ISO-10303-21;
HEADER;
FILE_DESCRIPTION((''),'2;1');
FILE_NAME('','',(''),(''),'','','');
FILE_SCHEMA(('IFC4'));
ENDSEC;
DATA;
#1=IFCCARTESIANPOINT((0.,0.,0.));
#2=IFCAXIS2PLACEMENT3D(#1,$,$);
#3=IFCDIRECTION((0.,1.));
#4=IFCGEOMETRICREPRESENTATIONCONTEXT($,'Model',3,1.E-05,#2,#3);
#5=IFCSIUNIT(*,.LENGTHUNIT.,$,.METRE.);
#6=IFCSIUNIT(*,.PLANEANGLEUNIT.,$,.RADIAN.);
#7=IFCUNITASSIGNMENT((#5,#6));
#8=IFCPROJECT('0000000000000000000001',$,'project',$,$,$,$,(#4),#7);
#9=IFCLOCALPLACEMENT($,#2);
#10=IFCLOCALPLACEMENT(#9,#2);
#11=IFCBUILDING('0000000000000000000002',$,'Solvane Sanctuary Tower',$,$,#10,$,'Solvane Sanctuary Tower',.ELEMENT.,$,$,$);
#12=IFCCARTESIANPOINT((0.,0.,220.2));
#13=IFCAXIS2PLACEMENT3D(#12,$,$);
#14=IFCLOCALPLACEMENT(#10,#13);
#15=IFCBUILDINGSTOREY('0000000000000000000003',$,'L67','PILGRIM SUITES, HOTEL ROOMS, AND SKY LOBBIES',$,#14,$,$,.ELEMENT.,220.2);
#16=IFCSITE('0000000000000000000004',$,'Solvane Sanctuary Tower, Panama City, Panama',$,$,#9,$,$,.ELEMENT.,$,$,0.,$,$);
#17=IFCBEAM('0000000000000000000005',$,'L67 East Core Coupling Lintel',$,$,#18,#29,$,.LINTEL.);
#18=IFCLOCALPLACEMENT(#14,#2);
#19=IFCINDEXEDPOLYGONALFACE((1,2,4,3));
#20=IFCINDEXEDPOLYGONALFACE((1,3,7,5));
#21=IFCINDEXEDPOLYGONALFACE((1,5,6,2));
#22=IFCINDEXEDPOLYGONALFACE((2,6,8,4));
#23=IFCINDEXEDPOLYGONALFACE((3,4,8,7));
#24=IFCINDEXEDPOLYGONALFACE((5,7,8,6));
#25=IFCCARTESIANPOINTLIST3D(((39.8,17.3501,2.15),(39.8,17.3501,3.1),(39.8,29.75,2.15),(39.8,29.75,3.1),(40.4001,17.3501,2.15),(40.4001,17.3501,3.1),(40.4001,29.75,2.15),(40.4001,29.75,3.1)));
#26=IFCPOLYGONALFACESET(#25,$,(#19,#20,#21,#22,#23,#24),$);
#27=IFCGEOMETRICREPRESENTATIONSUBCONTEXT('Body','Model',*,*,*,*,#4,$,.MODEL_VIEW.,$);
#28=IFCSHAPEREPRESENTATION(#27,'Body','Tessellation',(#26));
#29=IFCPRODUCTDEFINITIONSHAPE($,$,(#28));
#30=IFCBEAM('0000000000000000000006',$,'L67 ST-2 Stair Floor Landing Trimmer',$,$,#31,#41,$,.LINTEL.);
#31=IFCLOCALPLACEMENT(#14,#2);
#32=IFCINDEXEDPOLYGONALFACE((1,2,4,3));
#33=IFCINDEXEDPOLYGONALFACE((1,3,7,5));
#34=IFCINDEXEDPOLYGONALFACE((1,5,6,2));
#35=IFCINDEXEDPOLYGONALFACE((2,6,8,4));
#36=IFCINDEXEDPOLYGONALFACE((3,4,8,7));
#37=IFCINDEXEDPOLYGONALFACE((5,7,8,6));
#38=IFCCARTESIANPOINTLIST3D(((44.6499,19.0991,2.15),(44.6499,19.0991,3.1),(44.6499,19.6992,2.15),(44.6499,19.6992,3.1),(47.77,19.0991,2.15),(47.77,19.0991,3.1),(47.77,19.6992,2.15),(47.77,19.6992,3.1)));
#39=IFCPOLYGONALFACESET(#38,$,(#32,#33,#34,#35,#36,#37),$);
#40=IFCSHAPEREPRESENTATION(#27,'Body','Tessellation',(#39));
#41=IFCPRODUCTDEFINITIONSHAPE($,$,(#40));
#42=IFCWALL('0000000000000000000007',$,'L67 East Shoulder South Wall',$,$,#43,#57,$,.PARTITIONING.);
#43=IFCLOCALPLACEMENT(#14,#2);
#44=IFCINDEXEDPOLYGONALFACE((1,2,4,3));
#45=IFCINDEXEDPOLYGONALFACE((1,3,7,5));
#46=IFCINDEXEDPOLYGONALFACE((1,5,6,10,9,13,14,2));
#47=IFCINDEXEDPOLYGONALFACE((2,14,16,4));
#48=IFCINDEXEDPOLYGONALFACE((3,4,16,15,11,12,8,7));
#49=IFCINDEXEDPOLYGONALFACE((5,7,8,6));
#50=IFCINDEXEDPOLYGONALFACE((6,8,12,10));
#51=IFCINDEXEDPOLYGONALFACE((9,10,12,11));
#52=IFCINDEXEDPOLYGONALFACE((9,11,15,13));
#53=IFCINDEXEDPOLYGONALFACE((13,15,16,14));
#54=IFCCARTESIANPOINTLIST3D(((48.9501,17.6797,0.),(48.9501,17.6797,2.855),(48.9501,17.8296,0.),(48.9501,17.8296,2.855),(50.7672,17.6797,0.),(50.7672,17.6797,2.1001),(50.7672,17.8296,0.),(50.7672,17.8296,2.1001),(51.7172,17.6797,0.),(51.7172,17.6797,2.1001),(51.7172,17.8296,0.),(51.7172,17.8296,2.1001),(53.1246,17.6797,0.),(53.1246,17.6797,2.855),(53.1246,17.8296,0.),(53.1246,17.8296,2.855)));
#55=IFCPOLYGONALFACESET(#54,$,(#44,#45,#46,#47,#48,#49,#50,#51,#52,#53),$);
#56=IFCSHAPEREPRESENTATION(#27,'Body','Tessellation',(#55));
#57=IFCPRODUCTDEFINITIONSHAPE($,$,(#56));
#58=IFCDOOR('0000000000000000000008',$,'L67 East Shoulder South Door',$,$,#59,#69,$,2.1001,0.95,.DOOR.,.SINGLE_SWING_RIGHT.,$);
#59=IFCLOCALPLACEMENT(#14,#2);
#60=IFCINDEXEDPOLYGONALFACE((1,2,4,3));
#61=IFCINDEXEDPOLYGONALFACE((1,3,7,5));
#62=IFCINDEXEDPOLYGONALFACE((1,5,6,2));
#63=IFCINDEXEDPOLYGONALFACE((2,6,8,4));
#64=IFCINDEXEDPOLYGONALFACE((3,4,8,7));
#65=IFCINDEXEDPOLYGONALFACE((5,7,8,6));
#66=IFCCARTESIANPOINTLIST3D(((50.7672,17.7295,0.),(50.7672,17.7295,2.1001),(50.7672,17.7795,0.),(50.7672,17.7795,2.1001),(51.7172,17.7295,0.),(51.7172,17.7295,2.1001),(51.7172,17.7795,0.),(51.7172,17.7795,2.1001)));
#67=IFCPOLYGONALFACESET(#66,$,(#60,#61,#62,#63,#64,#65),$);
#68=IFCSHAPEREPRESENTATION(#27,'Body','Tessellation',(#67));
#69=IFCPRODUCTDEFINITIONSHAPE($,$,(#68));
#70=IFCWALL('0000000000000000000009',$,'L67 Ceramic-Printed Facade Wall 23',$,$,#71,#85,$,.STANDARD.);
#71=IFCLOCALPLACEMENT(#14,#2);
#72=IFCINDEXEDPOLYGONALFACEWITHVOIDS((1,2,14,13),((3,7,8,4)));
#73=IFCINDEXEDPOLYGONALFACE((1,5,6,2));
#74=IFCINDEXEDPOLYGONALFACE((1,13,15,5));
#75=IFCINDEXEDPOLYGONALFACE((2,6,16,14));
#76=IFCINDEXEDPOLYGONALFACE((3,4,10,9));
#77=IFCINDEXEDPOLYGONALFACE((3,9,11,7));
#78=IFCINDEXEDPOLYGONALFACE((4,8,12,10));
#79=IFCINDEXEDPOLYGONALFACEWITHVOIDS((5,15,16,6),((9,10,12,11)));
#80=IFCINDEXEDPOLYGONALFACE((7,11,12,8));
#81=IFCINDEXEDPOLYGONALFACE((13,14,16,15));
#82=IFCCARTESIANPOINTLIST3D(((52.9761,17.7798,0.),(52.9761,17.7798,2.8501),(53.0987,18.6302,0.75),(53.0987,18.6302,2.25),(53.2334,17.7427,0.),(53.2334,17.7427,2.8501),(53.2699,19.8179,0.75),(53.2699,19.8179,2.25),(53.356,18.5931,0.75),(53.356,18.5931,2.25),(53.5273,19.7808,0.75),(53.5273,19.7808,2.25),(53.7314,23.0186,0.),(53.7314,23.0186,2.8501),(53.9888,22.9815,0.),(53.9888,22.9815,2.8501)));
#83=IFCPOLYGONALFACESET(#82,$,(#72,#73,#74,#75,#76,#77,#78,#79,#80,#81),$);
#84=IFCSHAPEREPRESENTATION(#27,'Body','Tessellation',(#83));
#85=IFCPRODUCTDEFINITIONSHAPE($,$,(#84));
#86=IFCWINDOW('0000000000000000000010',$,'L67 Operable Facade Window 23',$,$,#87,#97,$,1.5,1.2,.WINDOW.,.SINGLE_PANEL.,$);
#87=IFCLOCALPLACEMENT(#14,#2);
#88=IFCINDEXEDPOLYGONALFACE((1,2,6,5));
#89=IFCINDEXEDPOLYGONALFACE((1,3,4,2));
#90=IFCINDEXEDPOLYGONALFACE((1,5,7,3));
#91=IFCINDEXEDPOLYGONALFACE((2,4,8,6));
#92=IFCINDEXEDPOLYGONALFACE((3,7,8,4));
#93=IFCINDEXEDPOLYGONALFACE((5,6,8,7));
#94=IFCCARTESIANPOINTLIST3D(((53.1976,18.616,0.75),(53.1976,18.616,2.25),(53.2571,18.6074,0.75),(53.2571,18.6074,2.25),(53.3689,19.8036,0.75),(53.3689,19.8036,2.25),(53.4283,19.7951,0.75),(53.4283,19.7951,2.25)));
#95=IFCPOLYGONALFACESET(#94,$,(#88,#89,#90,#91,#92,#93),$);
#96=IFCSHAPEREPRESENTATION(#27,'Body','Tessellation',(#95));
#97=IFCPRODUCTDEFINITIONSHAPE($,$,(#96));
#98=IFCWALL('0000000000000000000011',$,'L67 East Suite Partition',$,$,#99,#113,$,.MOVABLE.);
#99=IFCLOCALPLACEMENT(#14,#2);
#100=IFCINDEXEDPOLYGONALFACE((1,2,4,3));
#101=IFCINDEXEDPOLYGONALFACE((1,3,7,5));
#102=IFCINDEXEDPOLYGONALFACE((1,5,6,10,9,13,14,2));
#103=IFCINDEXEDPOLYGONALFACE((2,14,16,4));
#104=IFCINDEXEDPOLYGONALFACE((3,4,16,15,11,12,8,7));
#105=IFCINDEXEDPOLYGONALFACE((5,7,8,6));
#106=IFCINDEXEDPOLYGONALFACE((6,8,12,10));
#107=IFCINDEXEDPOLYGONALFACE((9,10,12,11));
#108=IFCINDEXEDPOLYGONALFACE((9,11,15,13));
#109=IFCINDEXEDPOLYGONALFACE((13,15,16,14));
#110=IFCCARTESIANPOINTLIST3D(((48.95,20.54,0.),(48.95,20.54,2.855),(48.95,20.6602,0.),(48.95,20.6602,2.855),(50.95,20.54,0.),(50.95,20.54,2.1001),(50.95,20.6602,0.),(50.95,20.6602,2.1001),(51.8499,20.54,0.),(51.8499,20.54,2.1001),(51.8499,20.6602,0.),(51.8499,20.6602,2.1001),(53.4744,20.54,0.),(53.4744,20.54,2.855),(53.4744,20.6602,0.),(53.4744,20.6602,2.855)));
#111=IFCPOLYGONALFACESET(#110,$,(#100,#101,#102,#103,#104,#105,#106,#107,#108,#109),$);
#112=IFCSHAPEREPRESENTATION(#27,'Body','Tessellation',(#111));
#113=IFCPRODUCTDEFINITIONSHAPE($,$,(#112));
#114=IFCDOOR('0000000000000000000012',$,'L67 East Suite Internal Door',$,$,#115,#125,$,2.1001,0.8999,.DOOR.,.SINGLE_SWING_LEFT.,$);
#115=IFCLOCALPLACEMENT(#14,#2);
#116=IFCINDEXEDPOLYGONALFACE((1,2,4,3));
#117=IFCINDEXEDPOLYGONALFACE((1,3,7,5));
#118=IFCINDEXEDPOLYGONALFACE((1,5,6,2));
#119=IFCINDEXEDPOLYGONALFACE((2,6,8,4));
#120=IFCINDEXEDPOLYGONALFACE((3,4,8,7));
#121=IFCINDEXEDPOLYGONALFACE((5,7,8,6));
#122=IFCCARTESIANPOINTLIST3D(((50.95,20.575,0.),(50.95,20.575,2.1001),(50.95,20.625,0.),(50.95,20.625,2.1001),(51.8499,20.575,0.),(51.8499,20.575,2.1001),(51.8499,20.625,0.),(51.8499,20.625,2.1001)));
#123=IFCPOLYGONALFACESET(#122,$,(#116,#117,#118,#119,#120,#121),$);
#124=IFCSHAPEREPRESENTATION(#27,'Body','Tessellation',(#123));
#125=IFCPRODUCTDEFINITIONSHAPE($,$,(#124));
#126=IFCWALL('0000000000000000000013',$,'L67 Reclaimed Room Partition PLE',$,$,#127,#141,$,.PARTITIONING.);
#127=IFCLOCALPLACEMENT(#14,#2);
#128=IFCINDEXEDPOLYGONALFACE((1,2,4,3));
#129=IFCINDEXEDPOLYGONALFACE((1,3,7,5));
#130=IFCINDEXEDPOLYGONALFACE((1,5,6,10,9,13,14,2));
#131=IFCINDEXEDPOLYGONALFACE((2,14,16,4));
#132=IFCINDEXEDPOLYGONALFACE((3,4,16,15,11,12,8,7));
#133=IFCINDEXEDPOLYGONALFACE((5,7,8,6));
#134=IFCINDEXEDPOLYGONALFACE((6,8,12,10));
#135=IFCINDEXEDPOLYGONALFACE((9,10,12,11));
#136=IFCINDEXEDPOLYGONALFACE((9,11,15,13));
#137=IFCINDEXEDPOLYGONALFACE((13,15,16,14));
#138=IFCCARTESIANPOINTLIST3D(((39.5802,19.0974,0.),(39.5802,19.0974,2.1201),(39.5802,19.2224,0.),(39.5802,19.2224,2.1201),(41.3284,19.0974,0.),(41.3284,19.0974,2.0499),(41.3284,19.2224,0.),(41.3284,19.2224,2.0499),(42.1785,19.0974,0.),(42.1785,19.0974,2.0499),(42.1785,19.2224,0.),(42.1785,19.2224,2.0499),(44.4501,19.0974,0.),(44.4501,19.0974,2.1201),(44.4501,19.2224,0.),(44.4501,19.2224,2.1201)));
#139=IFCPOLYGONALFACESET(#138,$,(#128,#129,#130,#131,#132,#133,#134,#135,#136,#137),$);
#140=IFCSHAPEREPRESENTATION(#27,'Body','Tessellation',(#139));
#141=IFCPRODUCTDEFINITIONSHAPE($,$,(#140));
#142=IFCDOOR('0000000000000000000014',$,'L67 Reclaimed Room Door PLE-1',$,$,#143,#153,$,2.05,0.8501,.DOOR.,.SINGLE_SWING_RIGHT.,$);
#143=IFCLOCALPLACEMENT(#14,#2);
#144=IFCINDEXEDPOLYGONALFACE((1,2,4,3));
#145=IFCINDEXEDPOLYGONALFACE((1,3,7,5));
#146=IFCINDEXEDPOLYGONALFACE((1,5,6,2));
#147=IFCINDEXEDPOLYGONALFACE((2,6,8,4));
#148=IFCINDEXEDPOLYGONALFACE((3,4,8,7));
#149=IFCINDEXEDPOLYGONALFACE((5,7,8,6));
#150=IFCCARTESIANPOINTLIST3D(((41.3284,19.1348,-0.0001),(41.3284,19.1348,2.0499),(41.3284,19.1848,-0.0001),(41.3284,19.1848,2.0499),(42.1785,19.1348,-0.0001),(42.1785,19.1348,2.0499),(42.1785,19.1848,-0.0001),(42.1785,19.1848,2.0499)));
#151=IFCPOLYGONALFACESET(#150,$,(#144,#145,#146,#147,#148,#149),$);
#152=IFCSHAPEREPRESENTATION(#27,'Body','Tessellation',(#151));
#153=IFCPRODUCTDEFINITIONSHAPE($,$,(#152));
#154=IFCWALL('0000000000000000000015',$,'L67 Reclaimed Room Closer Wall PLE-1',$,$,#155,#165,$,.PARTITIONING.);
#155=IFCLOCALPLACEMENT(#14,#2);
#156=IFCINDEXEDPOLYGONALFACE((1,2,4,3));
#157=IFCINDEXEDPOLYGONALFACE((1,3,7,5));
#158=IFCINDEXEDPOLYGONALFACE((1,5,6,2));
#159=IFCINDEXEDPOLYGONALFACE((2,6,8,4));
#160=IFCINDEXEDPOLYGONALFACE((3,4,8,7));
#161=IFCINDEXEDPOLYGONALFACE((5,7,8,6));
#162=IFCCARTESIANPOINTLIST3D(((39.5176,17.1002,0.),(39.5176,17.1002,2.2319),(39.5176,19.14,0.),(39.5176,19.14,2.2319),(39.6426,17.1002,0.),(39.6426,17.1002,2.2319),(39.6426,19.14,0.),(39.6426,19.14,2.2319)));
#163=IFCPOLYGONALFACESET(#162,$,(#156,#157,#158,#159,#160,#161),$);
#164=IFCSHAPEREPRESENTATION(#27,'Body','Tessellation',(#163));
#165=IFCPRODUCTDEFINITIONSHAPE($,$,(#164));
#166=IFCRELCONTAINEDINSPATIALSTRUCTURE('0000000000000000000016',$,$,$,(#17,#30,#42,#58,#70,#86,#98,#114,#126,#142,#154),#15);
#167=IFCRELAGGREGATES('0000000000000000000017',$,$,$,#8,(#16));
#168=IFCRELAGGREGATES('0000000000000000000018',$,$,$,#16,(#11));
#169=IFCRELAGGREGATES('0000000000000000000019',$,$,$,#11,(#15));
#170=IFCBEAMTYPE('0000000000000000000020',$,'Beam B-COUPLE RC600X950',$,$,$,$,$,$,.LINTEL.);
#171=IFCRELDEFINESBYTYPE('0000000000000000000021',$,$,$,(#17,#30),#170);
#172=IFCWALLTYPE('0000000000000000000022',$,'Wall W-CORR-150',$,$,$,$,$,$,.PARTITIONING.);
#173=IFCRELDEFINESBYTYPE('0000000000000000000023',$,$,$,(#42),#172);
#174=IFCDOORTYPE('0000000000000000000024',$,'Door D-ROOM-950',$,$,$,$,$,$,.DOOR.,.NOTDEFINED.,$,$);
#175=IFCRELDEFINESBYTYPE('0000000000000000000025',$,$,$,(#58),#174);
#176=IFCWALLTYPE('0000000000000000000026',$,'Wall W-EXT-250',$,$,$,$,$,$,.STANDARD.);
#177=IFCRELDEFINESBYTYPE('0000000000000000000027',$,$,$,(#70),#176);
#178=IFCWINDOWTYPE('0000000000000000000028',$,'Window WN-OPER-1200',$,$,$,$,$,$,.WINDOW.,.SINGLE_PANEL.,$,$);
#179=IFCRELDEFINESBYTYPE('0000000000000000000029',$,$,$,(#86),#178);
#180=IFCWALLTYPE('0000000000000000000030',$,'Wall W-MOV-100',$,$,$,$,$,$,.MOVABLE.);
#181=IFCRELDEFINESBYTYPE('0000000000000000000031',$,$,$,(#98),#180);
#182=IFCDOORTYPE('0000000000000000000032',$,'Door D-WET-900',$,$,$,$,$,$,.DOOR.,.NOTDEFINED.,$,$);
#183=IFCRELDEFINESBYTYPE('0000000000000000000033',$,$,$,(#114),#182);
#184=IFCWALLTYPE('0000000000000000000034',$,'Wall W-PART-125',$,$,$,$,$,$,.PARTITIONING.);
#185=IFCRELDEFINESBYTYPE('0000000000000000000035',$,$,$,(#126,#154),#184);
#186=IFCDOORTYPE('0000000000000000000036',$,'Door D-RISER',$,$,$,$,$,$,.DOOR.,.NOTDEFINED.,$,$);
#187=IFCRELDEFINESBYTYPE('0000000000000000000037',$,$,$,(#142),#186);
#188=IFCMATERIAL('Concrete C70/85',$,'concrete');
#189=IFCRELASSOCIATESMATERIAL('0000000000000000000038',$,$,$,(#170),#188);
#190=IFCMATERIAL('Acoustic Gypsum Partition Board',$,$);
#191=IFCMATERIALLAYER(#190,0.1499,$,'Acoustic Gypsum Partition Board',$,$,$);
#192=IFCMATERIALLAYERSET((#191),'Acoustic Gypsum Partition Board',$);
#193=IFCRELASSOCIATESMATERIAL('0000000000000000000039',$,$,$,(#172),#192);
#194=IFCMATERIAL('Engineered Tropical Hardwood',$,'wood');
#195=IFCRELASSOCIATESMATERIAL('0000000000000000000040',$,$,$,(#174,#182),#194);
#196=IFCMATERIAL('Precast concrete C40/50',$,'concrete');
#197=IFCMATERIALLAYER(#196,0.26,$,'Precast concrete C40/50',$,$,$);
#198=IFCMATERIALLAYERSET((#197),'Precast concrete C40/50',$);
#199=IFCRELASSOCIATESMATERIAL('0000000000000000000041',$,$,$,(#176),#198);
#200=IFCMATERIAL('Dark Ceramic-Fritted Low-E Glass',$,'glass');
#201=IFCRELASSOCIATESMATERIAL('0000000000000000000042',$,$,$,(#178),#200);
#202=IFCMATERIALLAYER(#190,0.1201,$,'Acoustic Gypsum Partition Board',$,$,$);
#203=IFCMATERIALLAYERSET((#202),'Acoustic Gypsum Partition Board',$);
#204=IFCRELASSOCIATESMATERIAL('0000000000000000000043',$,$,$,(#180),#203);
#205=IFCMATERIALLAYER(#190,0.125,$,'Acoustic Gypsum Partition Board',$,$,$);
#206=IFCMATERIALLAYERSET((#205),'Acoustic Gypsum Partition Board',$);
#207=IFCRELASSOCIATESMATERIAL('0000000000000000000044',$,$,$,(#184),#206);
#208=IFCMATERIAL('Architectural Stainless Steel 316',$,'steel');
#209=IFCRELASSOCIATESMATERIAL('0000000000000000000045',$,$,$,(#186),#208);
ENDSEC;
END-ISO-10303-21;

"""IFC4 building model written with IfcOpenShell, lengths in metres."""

from ifc_helpers import new_model, si_unit, direction, frame, frame_2d, origin, origin_2d, place, context, subcontext, project, spatial, rectangle, extrude, material, layer, layer_set, material_profile, profile_set, type_object, element, fill, save


model = new_model("IFC4")

# Units and contexts
model_context = context("Model", 3, precision=1e-05, world=origin(), true_north=direction((0.0, 1.0)))
body_context = subcontext(model_context, "Body", "Model", "MODEL_VIEW")
ifc_project = project(units=[si_unit("LENGTHUNIT", "METRE"), si_unit("PLANEANGLEUNIT", "RADIAN")], contexts=[model_context])

# Site, building, storey
site_placement = place(None, origin())
site = spatial("IfcSite", under=ifc_project, at=site_placement, Name="Solvane Sanctuary Tower, Panama City, Panama", CompositionType="ELEMENT", RefElevation=0.0)
building_placement = place(site_placement, origin())
building = spatial("IfcBuilding", under=site, at=building_placement, Name="Solvane Sanctuary Tower", LongName="Solvane Sanctuary Tower", CompositionType="ELEMENT")
storey_placement = place(building_placement, frame((0.0, 0.0, 220.2)))
storey = spatial("IfcBuildingStorey", under=building, at=storey_placement, Name="L67", Description="PILGRIM SUITES, HOTEL ROOMS, AND SKY LOBBIES", CompositionType="ELEMENT", Elevation=220.2)

# Beams
ifc_material_1 = material(Name="Concrete C70/85", Category="concrete")
ifc_material_profile = material_profile(ifc_material_1, rectangle(XDim=0.6001, YDim=0.95, at=origin_2d()), Name="RC600X950")
ifc_profile_set = profile_set([ifc_material_profile], Name="Concrete C70/85")
beam_type = type_object("IfcBeamType", Name="Beam B-COUPLE RC600X950", PredefinedType="LINTEL", material=ifc_profile_set)
beam_1_placement = place(storey_placement, frame((40.1001, 17.3501, 2.625), z_axis=(0.0, 1.0, 0.0), x_axis=(-1.0, 0.0, 0.0)))
element("IfcBeam", 1, at=beam_1_placement, inside=storey, type_object=beam_type, Name="L67 East Core Coupling Lintel", PredefinedType="LINTEL", context=body_context, shape_type="SweptSolid", body=[
    extrude(rectangle(XDim=0.6001, YDim=0.95, at=origin_2d()), origin(), (0.0, 0.0, 1.0), 12.3999),
])
beam_2_placement = place(storey_placement, frame((44.6499, 19.3992, 2.625), z_axis=(1.0, 0.0, 0.0), x_axis=(0.0, 1.0, 0.0)))
element("IfcBeam", 2, at=beam_2_placement, inside=storey, type_object=beam_type, Name="L67 ST-2 Stair Floor Landing Trimmer", PredefinedType="LINTEL", context=body_context, shape_type="SweptSolid", body=[
    extrude(rectangle(XDim=0.6001, YDim=0.95, at=origin_2d()), origin(), (0.0, 0.0, 1.0), 3.1201),
])

# Wall, opening, door
ifc_material_2 = material(Name="Acoustic Gypsum Partition Board")
ifc_layer_1 = layer(ifc_material_2, 0.1499, Name="Acoustic Gypsum Partition Board")
ifc_layer_set_1 = layer_set([ifc_layer_1], Name="Acoustic Gypsum Partition Board")
wall_type_1 = type_object("IfcWallType", Name="Wall W-CORR-150", PredefinedType="PARTITIONING", material=ifc_layer_set_1)
wall_1_placement = place(storey_placement, frame((48.95, 17.7546, 0.0), z_axis=(0.0, 0.0, 1.0), x_axis=(1.0, 0.0, 0.0)))
wall_1 = element("IfcWall", 3, at=wall_1_placement, inside=storey, type_object=wall_type_1, Name="L67 East Shoulder South Wall", PredefinedType="PARTITIONING", context=body_context, shape_type="SweptSolid", body=[
    extrude(rectangle(XDim=4.1746, YDim=0.1499, at=frame_2d((2.0874, 0.0))), origin(), (0.0, 0.0, 1.0), 2.855),
])
opening_1_placement = place(wall_1_placement, frame((1.8171, 0.0, 0.0)))
opening_1 = element("IfcOpeningElement", 4, at=opening_1_placement, cuts=wall_1, PredefinedType="OPENING", context=body_context, shape_type="SweptSolid", body=[
    extrude(rectangle(XDim=0.95, YDim=2.1001, at=frame_2d((0.4751, 1.05))), frame((0.0, 0.085, 0.0), z_axis=(0.0, -1.0, 0.0), x_axis=(1.0, 0.0, 0.0)), (0.0, 0.0, 1.0), 0.1699),
])
ifc_material_3 = material(Name="Engineered Tropical Hardwood", Category="wood")
door_type_1 = type_object("IfcDoorType", Name="Door D-ROOM-950", OperationType="NOTDEFINED", PredefinedType="DOOR", material=ifc_material_3)
door_1_placement = place(opening_1_placement, origin())
door_1 = element("IfcDoor", 5, at=door_1_placement, inside=storey, type_object=door_type_1, Name="L67 East Shoulder South Door", OperationType="SINGLE_SWING_RIGHT", OverallHeight=2.1001, OverallWidth=0.95, PredefinedType="DOOR", context=body_context, shape_type="SweptSolid", body=[
    extrude(rectangle(XDim=0.95, YDim=2.1001, at=frame_2d((0.4751, 1.05))), frame((0.0, 0.0249, 0.0), z_axis=(0.0, -1.0, 0.0), x_axis=(1.0, 0.0, 0.0)), (0.0, 0.0, 1.0), 0.05),
])
fill(opening_1, door_1)

# Wall, opening, window
ifc_material_4 = material(Name="Precast concrete C40/50", Category="concrete")
ifc_layer_2 = layer(ifc_material_4, 0.26, Name="Precast concrete C40/50")
ifc_layer_set_2 = layer_set([ifc_layer_2], Name="Precast concrete C40/50")
wall_type_2 = type_object("IfcWallType", Name="Wall W-EXT-250", PredefinedType="STANDARD", material=ifc_layer_set_2)
wall_2_placement = place(storey_placement, frame((53.1047, 17.7612, 0.0), z_axis=(0.0, 0.0, 1.0), x_axis=(0.142713, 0.989764, 0.0)))
wall_2 = element("IfcWall", 6, at=wall_2_placement, inside=storey, type_object=wall_type_2, Name="L67 Ceramic-Printed Facade Wall 23", PredefinedType="STANDARD", context=body_context, shape_type="SweptSolid", body=[
    extrude(rectangle(XDim=5.293, YDim=0.26, at=frame_2d((2.6465, 0.0))), origin(), (0.0, 0.0, 1.0), 2.8501),
])
opening_2_placement = place(wall_2_placement, frame((0.8591, 0.0, 0.75)))
opening_2 = element("IfcOpeningElement", 7, at=opening_2_placement, cuts=wall_2, PredefinedType="OPENING", context=body_context, shape_type="SweptSolid", body=[
    extrude(rectangle(XDim=1.2, YDim=1.5, at=frame_2d((0.6001, 0.75))), frame((0.0, 0.1399, 0.0), z_axis=(0.0, -1.0, 0.0), x_axis=(1.0, 0.0, 0.0)), (0.0, 0.0, 1.0), 0.28),
])
ifc_material_5 = material(Name="Dark Ceramic-Fritted Low-E Glass", Category="glass")
window_type = type_object("IfcWindowType", Name="Window WN-OPER-1200", PartitioningType="SINGLE_PANEL", PredefinedType="WINDOW", material=ifc_material_5)
window_placement = place(opening_2_placement, origin())
window = element("IfcWindow", 8, at=window_placement, inside=storey, type_object=window_type, Name="L67 Operable Facade Window 23", OverallHeight=1.5, OverallWidth=1.2, PartitioningType="SINGLE_PANEL", PredefinedType="WINDOW", context=body_context, shape_type="SweptSolid", body=[
    extrude(rectangle(XDim=1.2, YDim=1.5, at=frame_2d((0.6001, 0.75))), frame((0.0, 0.03, 0.0), z_axis=(0.0, -1.0, 0.0), x_axis=(1.0, 0.0, 0.0)), (0.0, 0.0, 1.0), 0.0601),
])
fill(opening_2, window)

# Walls, openings, doors
ifc_layer_3 = layer(ifc_material_2, 0.1201, Name="Acoustic Gypsum Partition Board")
ifc_layer_set_3 = layer_set([ifc_layer_3], Name="Acoustic Gypsum Partition Board")
wall_type_3 = type_object("IfcWallType", Name="Wall W-MOV-100", PredefinedType="MOVABLE", material=ifc_layer_set_3)
wall_3_placement = place(storey_placement, frame((48.95, 20.6001, 0.0), z_axis=(0.0, 0.0, 1.0), x_axis=(1.0, 0.0, 0.0)))
wall_3 = element("IfcWall", 9, at=wall_3_placement, inside=storey, type_object=wall_type_3, Name="L67 East Suite Partition", PredefinedType="MOVABLE", context=body_context, shape_type="SweptSolid", body=[
    extrude(rectangle(XDim=4.5244, YDim=0.1201, at=frame_2d((2.2622, 0.0))), origin(), (0.0, 0.0, 1.0), 2.855),
])
opening_3_placement = place(wall_3_placement, frame((2.0, 0.0, 0.0)))
opening_3 = element("IfcOpeningElement", 10, at=opening_3_placement, cuts=wall_3, PredefinedType="OPENING", context=body_context, shape_type="SweptSolid", body=[
    extrude(rectangle(XDim=0.8999, YDim=2.1001, at=frame_2d((0.45, 1.05))), frame((0.0, 0.0701, 0.0), z_axis=(0.0, -1.0, 0.0), x_axis=(1.0, 0.0, 0.0)), (0.0, 0.0, 1.0), 0.1401),
])
door_type_2 = type_object("IfcDoorType", Name="Door D-WET-900", OperationType="NOTDEFINED", PredefinedType="DOOR", material=ifc_material_3)
door_2_placement = place(opening_3_placement, origin())
door_2 = element("IfcDoor", 11, at=door_2_placement, inside=storey, type_object=door_type_2, Name="L67 East Suite Internal Door", OperationType="SINGLE_SWING_LEFT", OverallHeight=2.1001, OverallWidth=0.8999, PredefinedType="DOOR", context=body_context, shape_type="SweptSolid", body=[
    extrude(rectangle(XDim=0.8999, YDim=2.1001, at=frame_2d((0.45, 1.05))), frame((0.0, 0.0249, 0.0), z_axis=(0.0, -1.0, 0.0), x_axis=(1.0, 0.0, 0.0)), (0.0, 0.0, 1.0), 0.05),
])
fill(opening_3, door_2)
ifc_layer_4 = layer(ifc_material_2, 0.125, Name="Acoustic Gypsum Partition Board")
ifc_layer_set_4 = layer_set([ifc_layer_4], Name="Acoustic Gypsum Partition Board")
wall_type_4 = type_object("IfcWallType", Name="Wall W-PART-125", PredefinedType="PARTITIONING", material=ifc_layer_set_4)
wall_4_placement = place(storey_placement, frame((39.5801, 19.1599, 0.0), z_axis=(0.0, 0.0, 1.0), x_axis=(1.0, 0.0, 0.0)))
wall_4 = element("IfcWall", 12, at=wall_4_placement, inside=storey, type_object=wall_type_4, Name="L67 Reclaimed Room Partition PLE", PredefinedType="PARTITIONING", context=body_context, shape_type="SweptSolid", body=[
    extrude(rectangle(XDim=4.8699, YDim=0.125, at=frame_2d((2.4351, 0.0))), origin(), (0.0, 0.0, 1.0), 2.1201),
])
opening_4_placement = place(wall_4_placement, frame((1.7483, 0.0, 0.0)))
opening_4 = element("IfcOpeningElement", 13, at=opening_4_placement, cuts=wall_4, PredefinedType="OPENING", context=body_context, shape_type="SweptSolid", body=[
    extrude(rectangle(XDim=0.8501, YDim=2.05, at=frame_2d((0.425, 1.0249))), frame((0.0, 0.0725, 0.0), z_axis=(0.0, -1.0, 0.0), x_axis=(1.0, 0.0, 0.0)), (0.0, 0.0, 1.0), 0.145),
])
ifc_material_6 = material(Name="Architectural Stainless Steel 316", Category="steel")
door_type_3 = type_object("IfcDoorType", Name="Door D-RISER", OperationType="NOTDEFINED", PredefinedType="DOOR", material=ifc_material_6)
door_3_placement = place(opening_4_placement, origin())
door_3 = element("IfcDoor", 14, at=door_3_placement, inside=storey, type_object=door_type_3, Name="L67 Reclaimed Room Door PLE-1", OperationType="SINGLE_SWING_RIGHT", OverallHeight=2.05, OverallWidth=0.8501, PredefinedType="DOOR", context=body_context, shape_type="SweptSolid", body=[
    extrude(rectangle(XDim=0.8501, YDim=2.05, at=frame_2d((0.425, 1.0249))), frame((0.0, 0.0249, 0.0), z_axis=(0.0, -1.0, 0.0), x_axis=(1.0, 0.0, 0.0)), (0.0, 0.0, 1.0), 0.05),
])
fill(opening_4, door_3)

# Wall
wall_5_placement = place(storey_placement, frame((39.5801, 17.1001, 0.0), z_axis=(0.0, 0.0, 1.0), x_axis=(0.0, 1.0, 0.0)))
element("IfcWall", 15, at=wall_5_placement, inside=storey, type_object=wall_type_4, Name="L67 Reclaimed Room Closer Wall PLE-1", PredefinedType="PARTITIONING", context=body_context, shape_type="SweptSolid", body=[
    extrude(rectangle(XDim=2.0398, YDim=0.125, at=frame_2d((1.02, 0.0))), origin(), (0.0, 0.0, 1.0), 2.2319),
])

save(model, "model.ifc")
